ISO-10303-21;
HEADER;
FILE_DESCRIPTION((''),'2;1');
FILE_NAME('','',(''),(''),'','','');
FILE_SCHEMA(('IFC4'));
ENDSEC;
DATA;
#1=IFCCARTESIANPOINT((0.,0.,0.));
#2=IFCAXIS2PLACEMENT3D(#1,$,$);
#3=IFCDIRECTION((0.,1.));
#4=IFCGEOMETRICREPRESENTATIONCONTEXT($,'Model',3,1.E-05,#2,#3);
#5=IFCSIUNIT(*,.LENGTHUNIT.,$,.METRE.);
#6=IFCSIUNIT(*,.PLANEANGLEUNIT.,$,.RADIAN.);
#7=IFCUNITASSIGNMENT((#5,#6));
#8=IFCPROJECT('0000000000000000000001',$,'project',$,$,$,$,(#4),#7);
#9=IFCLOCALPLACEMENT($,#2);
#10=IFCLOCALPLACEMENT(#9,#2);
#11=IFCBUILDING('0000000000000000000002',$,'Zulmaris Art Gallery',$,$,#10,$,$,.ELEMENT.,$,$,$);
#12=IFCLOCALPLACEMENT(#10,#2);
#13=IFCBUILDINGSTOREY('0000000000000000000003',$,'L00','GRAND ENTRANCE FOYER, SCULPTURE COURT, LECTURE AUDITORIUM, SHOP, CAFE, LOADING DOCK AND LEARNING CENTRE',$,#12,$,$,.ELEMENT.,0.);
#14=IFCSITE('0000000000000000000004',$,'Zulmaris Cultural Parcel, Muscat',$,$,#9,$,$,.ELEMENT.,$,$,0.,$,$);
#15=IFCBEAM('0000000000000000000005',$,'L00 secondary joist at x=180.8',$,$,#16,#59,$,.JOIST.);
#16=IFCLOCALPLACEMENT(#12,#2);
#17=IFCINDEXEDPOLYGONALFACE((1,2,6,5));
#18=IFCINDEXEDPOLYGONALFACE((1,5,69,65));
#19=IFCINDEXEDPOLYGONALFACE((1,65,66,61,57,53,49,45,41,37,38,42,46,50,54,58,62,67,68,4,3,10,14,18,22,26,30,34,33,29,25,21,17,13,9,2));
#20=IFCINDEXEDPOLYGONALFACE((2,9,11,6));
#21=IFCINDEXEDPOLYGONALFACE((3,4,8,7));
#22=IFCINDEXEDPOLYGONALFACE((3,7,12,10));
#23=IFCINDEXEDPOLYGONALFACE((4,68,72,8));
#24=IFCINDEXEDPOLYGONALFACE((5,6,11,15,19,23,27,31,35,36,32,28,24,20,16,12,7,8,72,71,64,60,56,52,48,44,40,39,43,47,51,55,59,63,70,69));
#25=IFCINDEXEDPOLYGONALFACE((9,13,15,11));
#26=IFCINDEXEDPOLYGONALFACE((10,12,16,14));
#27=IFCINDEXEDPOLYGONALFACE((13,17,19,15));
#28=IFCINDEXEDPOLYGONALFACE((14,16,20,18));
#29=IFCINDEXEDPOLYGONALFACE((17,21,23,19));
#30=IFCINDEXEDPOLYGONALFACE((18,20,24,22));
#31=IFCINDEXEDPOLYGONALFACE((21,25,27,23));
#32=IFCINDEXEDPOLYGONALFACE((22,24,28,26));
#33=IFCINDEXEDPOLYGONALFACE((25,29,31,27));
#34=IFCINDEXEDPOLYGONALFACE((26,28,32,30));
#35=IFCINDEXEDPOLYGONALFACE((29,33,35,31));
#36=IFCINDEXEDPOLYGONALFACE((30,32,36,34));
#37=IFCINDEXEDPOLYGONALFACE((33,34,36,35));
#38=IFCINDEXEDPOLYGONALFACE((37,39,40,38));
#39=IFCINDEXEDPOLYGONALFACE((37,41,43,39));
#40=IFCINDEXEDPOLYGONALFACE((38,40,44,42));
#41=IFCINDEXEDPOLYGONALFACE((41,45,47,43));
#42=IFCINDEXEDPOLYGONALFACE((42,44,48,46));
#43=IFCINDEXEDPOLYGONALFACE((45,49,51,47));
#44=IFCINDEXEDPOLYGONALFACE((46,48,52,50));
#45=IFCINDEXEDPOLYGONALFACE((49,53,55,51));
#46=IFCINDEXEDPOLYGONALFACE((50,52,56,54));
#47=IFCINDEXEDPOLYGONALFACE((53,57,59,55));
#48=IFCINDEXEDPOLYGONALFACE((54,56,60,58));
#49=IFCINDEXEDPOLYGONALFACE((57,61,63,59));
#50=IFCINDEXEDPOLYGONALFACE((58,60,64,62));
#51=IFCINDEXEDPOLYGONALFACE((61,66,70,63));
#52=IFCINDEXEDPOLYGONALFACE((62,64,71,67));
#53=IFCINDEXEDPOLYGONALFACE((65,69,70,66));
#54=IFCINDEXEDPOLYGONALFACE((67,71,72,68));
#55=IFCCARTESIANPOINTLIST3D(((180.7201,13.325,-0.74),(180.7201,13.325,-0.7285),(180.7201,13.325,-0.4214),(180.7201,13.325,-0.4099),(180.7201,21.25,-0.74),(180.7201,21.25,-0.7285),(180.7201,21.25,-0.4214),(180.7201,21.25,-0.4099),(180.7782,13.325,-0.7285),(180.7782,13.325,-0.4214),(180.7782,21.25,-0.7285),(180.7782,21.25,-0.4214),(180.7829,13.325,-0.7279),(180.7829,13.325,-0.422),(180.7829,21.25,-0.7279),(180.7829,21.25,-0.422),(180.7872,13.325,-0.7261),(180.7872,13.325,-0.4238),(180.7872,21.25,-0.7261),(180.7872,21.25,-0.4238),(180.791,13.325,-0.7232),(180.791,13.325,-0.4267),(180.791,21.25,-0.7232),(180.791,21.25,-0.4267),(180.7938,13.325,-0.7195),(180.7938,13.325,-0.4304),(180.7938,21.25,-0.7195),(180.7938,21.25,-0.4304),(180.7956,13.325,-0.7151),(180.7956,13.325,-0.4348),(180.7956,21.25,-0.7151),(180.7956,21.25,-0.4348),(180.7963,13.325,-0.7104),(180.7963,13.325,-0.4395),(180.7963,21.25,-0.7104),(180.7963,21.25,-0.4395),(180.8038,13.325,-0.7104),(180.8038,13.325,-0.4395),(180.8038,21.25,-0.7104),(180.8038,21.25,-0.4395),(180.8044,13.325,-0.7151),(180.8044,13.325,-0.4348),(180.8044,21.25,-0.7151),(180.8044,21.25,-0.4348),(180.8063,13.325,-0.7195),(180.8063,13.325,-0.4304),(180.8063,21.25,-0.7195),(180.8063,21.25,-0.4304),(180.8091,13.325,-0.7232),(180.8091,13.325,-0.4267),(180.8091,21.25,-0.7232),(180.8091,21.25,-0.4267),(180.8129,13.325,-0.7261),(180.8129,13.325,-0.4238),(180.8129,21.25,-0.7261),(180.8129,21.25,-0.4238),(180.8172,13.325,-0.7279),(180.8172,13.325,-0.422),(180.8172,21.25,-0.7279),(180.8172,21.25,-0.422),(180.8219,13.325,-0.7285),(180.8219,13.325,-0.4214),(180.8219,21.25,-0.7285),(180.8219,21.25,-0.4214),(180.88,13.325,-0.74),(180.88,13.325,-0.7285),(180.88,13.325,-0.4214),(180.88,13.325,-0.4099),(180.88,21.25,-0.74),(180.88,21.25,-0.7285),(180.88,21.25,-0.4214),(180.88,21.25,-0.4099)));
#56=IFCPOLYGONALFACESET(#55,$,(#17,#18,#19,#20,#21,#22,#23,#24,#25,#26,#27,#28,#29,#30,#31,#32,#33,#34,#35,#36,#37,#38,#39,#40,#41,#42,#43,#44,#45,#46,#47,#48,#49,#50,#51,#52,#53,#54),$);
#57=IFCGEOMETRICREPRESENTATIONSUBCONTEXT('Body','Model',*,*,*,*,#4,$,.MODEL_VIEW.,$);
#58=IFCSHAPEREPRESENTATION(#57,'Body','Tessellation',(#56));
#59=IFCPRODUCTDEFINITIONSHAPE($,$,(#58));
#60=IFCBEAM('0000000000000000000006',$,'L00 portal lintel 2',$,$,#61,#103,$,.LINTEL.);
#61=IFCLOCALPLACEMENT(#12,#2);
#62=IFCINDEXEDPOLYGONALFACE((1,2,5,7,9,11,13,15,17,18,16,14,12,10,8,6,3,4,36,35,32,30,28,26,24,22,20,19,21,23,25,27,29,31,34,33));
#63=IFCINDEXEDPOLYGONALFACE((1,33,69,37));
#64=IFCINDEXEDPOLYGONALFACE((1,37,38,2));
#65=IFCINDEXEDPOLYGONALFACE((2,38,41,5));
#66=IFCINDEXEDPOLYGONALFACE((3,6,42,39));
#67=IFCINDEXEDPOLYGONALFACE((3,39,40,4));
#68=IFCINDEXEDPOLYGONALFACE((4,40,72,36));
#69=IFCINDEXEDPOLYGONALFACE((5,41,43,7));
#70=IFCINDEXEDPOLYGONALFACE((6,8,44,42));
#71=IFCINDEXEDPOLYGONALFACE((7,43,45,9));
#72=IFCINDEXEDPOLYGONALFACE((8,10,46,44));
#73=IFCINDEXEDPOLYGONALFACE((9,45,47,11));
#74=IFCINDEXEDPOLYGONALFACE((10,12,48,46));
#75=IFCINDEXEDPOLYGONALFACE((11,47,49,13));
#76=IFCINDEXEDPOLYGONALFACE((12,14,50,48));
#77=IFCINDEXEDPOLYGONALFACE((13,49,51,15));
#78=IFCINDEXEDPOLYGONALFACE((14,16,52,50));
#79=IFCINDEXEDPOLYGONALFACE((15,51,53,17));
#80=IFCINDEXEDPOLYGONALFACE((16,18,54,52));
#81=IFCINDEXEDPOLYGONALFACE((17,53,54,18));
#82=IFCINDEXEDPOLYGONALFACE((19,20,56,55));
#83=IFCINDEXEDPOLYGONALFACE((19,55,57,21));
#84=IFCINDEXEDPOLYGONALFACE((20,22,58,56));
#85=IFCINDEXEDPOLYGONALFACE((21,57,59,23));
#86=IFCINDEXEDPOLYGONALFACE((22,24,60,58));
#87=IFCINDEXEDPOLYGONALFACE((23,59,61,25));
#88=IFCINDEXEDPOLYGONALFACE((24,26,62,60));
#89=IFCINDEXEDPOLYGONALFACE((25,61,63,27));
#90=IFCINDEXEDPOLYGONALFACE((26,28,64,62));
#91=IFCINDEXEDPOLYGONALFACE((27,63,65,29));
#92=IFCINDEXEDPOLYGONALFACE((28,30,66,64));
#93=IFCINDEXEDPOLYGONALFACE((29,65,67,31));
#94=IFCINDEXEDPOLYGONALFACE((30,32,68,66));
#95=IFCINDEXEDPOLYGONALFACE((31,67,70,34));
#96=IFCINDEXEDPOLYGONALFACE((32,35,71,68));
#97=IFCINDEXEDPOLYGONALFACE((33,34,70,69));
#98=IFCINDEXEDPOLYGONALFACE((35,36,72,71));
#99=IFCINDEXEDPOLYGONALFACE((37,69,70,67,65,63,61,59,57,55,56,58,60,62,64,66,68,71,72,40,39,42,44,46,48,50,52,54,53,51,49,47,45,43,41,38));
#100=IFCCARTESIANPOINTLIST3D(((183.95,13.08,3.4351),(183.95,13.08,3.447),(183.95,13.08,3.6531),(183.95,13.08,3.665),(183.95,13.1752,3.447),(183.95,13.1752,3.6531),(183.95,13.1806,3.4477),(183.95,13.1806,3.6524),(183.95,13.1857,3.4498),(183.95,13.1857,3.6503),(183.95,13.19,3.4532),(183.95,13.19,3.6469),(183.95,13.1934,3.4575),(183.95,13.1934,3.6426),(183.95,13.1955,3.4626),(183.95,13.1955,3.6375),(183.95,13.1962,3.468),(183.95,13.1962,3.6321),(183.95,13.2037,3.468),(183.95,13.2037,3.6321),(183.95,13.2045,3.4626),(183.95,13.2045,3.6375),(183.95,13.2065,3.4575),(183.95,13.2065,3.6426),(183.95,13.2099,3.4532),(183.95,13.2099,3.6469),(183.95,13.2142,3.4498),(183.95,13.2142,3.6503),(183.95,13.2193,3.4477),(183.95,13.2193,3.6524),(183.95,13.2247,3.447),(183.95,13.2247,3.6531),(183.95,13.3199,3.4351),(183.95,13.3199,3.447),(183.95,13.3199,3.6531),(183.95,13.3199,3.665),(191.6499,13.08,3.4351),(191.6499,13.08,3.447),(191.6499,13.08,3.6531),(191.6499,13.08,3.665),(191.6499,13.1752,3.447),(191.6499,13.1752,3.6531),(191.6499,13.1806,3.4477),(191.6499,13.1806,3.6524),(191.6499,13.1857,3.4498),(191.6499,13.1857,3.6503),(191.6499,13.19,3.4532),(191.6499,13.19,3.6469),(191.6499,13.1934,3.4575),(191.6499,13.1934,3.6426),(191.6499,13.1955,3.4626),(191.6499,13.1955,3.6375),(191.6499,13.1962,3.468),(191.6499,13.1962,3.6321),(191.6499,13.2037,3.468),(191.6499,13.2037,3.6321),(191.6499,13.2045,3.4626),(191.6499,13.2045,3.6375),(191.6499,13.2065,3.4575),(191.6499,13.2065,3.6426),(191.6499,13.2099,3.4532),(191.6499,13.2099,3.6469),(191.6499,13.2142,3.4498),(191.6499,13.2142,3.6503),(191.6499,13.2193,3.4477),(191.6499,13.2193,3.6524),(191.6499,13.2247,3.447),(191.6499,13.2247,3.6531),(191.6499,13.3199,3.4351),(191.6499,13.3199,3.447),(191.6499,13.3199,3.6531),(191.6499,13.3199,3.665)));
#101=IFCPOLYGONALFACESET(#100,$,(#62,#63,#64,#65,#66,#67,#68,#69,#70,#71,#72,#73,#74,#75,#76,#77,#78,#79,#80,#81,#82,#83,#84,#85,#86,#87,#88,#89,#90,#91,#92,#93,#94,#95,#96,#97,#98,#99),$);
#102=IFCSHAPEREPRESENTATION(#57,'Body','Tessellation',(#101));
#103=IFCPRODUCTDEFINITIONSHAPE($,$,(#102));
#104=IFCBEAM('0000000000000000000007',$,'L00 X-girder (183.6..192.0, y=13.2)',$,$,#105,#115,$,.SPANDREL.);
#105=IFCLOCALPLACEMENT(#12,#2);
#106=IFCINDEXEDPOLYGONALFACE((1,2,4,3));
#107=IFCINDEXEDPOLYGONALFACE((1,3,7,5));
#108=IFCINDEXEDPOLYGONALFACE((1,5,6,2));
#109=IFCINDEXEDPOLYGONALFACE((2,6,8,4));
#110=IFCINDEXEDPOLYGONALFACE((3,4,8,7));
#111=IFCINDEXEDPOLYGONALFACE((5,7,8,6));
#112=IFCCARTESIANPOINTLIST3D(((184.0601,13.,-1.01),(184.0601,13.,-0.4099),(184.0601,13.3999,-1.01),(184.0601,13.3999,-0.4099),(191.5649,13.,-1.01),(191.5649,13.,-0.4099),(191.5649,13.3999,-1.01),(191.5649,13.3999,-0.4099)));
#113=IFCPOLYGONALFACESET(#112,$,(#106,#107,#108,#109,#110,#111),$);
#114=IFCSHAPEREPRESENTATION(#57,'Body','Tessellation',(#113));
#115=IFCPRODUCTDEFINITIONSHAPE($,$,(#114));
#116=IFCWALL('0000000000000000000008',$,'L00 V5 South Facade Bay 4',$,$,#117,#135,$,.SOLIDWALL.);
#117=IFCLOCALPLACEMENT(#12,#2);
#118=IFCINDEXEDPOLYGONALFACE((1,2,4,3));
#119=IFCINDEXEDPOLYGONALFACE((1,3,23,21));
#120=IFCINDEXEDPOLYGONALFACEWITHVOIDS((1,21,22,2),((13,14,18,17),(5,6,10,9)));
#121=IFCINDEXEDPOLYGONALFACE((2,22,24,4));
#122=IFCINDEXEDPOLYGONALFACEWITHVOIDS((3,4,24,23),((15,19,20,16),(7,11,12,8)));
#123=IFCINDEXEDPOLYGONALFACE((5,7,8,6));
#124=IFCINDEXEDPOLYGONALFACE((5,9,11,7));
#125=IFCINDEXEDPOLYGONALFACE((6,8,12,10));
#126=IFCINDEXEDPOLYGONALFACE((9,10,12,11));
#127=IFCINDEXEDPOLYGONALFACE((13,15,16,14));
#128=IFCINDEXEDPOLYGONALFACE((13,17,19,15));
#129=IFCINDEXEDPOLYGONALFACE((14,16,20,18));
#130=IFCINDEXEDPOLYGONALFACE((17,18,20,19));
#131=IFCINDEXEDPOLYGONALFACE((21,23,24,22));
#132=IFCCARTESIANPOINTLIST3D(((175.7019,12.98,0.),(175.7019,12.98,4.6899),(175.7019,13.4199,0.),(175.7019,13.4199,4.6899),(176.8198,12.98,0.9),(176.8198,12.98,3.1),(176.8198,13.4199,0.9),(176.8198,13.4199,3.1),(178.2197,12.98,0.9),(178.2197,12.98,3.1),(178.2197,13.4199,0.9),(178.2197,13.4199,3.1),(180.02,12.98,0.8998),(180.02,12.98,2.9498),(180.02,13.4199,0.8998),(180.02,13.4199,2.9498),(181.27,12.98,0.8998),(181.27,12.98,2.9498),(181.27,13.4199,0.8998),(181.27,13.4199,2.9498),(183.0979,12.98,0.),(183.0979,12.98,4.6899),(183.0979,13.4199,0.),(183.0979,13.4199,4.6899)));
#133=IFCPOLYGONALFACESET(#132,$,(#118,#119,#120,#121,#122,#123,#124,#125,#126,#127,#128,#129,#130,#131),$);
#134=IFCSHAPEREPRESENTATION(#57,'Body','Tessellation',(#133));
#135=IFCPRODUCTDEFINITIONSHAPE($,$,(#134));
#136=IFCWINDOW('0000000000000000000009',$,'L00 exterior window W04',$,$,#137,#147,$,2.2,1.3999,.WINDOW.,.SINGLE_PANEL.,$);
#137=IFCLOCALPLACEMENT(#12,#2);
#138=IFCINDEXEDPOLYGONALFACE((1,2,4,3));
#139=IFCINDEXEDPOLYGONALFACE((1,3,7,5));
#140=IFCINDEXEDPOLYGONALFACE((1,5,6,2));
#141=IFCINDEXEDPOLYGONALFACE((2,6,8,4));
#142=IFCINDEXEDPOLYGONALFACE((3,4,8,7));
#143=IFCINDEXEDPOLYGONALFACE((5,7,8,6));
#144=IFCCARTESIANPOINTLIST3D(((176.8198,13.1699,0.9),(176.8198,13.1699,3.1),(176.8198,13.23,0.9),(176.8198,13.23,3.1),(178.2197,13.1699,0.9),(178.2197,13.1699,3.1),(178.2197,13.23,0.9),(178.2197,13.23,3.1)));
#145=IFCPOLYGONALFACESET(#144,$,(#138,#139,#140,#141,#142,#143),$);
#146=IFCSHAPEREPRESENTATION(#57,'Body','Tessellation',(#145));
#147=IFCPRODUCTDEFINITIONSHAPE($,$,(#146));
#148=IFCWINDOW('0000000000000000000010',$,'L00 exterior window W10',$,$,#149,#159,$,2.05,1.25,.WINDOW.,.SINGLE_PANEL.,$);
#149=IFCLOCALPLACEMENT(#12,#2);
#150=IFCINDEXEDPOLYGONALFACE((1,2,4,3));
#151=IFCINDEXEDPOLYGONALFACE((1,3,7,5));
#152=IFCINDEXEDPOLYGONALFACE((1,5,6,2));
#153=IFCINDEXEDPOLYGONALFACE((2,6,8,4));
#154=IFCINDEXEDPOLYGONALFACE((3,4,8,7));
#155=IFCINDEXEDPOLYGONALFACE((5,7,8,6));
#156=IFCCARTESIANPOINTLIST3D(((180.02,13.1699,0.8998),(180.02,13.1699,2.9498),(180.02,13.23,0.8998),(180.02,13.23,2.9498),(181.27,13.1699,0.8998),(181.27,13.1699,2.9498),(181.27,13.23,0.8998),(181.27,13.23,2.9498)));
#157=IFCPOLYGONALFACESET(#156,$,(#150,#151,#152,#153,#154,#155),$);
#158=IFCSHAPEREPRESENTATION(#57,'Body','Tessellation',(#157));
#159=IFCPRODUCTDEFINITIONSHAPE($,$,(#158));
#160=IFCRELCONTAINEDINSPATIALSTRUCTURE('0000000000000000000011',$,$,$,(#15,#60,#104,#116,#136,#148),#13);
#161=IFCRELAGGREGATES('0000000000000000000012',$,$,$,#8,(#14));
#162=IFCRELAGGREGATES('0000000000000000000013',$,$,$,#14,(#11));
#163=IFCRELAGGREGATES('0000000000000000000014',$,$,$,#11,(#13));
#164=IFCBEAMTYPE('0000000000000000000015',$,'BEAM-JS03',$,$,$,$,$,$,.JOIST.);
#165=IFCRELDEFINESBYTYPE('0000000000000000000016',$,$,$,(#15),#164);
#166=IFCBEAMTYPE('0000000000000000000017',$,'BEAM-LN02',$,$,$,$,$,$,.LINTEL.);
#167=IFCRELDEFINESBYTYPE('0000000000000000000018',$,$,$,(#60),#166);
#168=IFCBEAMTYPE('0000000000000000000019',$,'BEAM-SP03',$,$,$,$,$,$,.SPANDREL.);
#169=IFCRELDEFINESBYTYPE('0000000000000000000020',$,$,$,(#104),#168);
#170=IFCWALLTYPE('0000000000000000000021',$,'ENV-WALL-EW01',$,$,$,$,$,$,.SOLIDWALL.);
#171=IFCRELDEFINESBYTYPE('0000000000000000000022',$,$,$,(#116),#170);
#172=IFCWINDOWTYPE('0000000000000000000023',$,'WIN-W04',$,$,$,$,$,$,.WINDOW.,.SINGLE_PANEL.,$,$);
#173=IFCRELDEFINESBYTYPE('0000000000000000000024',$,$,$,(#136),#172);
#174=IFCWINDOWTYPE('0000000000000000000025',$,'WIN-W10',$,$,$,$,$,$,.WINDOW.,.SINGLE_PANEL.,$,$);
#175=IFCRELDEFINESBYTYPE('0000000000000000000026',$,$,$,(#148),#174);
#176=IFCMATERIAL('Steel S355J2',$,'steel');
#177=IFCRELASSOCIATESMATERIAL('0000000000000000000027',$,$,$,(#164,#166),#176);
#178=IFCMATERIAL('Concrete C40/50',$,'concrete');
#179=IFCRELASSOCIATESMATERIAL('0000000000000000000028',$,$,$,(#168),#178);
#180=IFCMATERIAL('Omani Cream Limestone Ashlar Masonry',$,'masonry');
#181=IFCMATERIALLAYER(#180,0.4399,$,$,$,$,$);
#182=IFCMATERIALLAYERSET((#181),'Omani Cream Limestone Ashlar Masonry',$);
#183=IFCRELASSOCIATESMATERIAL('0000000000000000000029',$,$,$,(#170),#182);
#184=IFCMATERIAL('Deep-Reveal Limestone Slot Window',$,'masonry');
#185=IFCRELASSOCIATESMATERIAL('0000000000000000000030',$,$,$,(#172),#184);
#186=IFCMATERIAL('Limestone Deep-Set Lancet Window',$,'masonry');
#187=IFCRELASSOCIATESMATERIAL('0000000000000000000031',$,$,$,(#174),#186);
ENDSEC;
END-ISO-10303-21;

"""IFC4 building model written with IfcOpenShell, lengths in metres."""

from ifc_helpers import new_model, si_unit, direction, frame, frame_2d, origin, origin_2d, place, context, subcontext, project, spatial, rectangle, i_section, extrude, material, layer, layer_set, material_profile, profile_set, type_object, element, fill, save


model = new_model("IFC4")

# Units and contexts
model_context = context("Model", 3, precision=1e-05, world=origin(), true_north=direction((0.0, 1.0)))
body_context = subcontext(model_context, "Body", "Model", "MODEL_VIEW")
ifc_project = project(units=[si_unit("LENGTHUNIT", "METRE"), si_unit("PLANEANGLEUNIT", "RADIAN")], contexts=[model_context])

# Site, building, storey
site_placement = place(None, origin())
site = spatial("IfcSite", under=ifc_project, at=site_placement, Name="Zulmaris Cultural Parcel, Muscat", CompositionType="ELEMENT", RefElevation=0.0)
building_placement = place(site_placement, origin())
building = spatial("IfcBuilding", under=site, at=building_placement, Name="Zulmaris Art Gallery", CompositionType="ELEMENT")
storey_placement = place(building_placement, origin())
storey = spatial("IfcBuildingStorey", under=building, at=storey_placement, Name="L00", Description="GRAND ENTRANCE FOYER, SCULPTURE COURT, LECTURE AUDITORIUM, SHOP, CAFE, LOADING DOCK AND LEARNING CENTRE", CompositionType="ELEMENT", Elevation=0.0)

# Beams
ifc_material_1 = material(Name="Concrete C40/50", Category="concrete")
ifc_material_2 = material(Name="Steel S355J2", Category="steel")
ifc_material_profile_1 = material_profile(ifc_material_2, i_section(OverallWidth=0.1599, OverallDepth=0.3301, WebThickness=0.0076, FlangeThickness=0.0115, FilletRadius=0.0181, at=origin_2d()), Name="IPE 330")
ifc_profile_set_1 = profile_set([ifc_material_profile_1], Name="Steel S355J2")
beam_type_1 = type_object("IfcBeamType", Name="BEAM-JS03", PredefinedType="JOIST", material=ifc_profile_set_1)
beam_1_placement = place(storey_placement, frame((180.8, 13.325, -0.575), z_axis=(0.0, 1.0, 0.0), x_axis=(-1.0, 0.0, 0.0)))
element("IfcBeam", 1, at=beam_1_placement, inside=storey, type_object=beam_type_1, Name="L00 secondary joist at x=180.8", PredefinedType="JOIST", context=body_context, shape_type="SweptSolid", body=[
    extrude(i_section(OverallWidth=0.1599, OverallDepth=0.3301, WebThickness=0.0076, FlangeThickness=0.0115, FilletRadius=0.0181, at=origin_2d()), origin(), (0.0, 0.0, 1.0), 7.925),
])
ifc_material_profile_2 = material_profile(ifc_material_2, i_section(OverallWidth=0.24, OverallDepth=0.23, WebThickness=0.0076, FlangeThickness=0.012, FilletRadius=0.021, at=origin_2d()), Name="HEA 240")
ifc_profile_set_2 = profile_set([ifc_material_profile_2], Name="Steel S355J2")
beam_type_2 = type_object("IfcBeamType", Name="BEAM-LN02", PredefinedType="LINTEL", material=ifc_profile_set_2)
beam_2_placement = place(storey_placement, frame((183.95, 13.2, 3.55), z_axis=(1.0, 0.0, 0.0), x_axis=(0.0, 1.0, 0.0)))
element("IfcBeam", 2, at=beam_2_placement, inside=storey, type_object=beam_type_2, Name="L00 portal lintel 2", PredefinedType="LINTEL", context=body_context, shape_type="SweptSolid", body=[
    extrude(i_section(OverallWidth=0.24, OverallDepth=0.23, WebThickness=0.0076, FlangeThickness=0.012, FilletRadius=0.021, at=origin_2d()), origin(), (0.0, 0.0, 1.0), 7.7),
])
ifc_material_profile_3 = material_profile(ifc_material_1, rectangle(XDim=0.3999, YDim=0.6001, at=origin_2d()), Name="RC 400x600")
ifc_profile_set_3 = profile_set([ifc_material_profile_3], Name="Concrete C40/50")
beam_type_3 = type_object("IfcBeamType", Name="BEAM-SP03", PredefinedType="SPANDREL", material=ifc_profile_set_3)
beam_3_placement = place(storey_placement, frame((184.0601, 13.2, -0.71), z_axis=(1.0, 0.0, 0.0), x_axis=(0.0, 1.0, 0.0)))
element("IfcBeam", 3, at=beam_3_placement, inside=storey, type_object=beam_type_3, Name="L00 X-girder (183.6..192.0, y=13.2)", PredefinedType="SPANDREL", context=body_context, shape_type="SweptSolid", body=[
    extrude(rectangle(XDim=0.3999, YDim=0.6001, at=origin_2d()), origin(), (0.0, 0.0, 1.0), 7.5049),
])

# Wall, openings, windows
ifc_material_3 = material(Name="Omani Cream Limestone Ashlar Masonry", Category="masonry")
ifc_layer_1 = layer(ifc_material_3, 0.4399)
ifc_layer_set_1 = layer_set([ifc_layer_1], Name="Omani Cream Limestone Ashlar Masonry")
wall_type_1 = type_object("IfcWallType", Name="ENV-WALL-EW01", PredefinedType="SOLIDWALL", material=ifc_layer_set_1)
wall_1_placement = place(storey_placement, frame((175.7019, 13.2, 0.0), z_axis=(0.0, 0.0, 1.0), x_axis=(1.0, 0.0, 0.0)))
wall_1 = element("IfcWall", 4, at=wall_1_placement, inside=storey, type_object=wall_type_1, Name="L00 V5 South Facade Bay 4", PredefinedType="SOLIDWALL", context=body_context, shape_type="SweptSolid", body=[
    extrude(rectangle(XDim=7.396, YDim=0.4399, at=frame_2d((3.698, 0.0))), origin(), (0.0, 0.0, 1.0), 4.6899),
])
opening_1_placement = place(wall_1_placement, frame((1.1179, 0.0, 0.8999)))
opening_1 = element("IfcOpeningElement", 5, at=opening_1_placement, cuts=wall_1, PredefinedType="OPENING", context=body_context, shape_type="SweptSolid", body=[
    extrude(rectangle(XDim=1.3999, YDim=2.2, at=frame_2d((0.7, 1.1001))), frame((0.0, 0.23, 0.0), z_axis=(0.0, -1.0, 0.0), x_axis=(1.0, 0.0, 0.0)), (0.0, 0.0, 1.0), 0.46),
])
opening_2_placement = place(wall_1_placement, frame((4.3181, 0.0, 0.8999)))
opening_2 = element("IfcOpeningElement", 6, at=opening_2_placement, cuts=wall_1, PredefinedType="OPENING", context=body_context, shape_type="SweptSolid", body=[
    extrude(rectangle(XDim=1.25, YDim=2.05, at=frame_2d((0.625, 1.0249))), frame((0.0, 0.23, 0.0), z_axis=(0.0, -1.0, 0.0), x_axis=(1.0, 0.0, 0.0)), (0.0, 0.0, 1.0), 0.46),
])
ifc_material_4 = material(Name="Deep-Reveal Limestone Slot Window", Category="masonry")
window_type_1 = type_object("IfcWindowType", Name="WIN-W04", PartitioningType="SINGLE_PANEL", PredefinedType="WINDOW", material=ifc_material_4)
window_1_placement = place(opening_1_placement, origin())
window_1 = element("IfcWindow", 7, at=window_1_placement, inside=storey, type_object=window_type_1, Name="L00 exterior window W04", OverallHeight=2.2, OverallWidth=1.3999, PartitioningType="SINGLE_PANEL", PredefinedType="WINDOW", context=body_context, shape_type="SweptSolid", body=[
    extrude(rectangle(XDim=1.3999, YDim=2.2, at=frame_2d((0.7, 1.1001))), frame((0.0, 0.03, 0.0), z_axis=(0.0, -1.0, 0.0), x_axis=(1.0, 0.0, 0.0)), (0.0, 0.0, 1.0), 0.0601),
])
fill(opening_1, window_1)
ifc_material_5 = material(Name="Limestone Deep-Set Lancet Window", Category="masonry")
window_type_2 = type_object("IfcWindowType", Name="WIN-W10", PartitioningType="SINGLE_PANEL", PredefinedType="WINDOW", material=ifc_material_5)
window_2_placement = place(opening_2_placement, origin())
window_2 = element("IfcWindow", 8, at=window_2_placement, inside=storey, type_object=window_type_2, Name="L00 exterior window W10", OverallHeight=2.05, OverallWidth=1.25, PartitioningType="SINGLE_PANEL", PredefinedType="WINDOW", context=body_context, shape_type="SweptSolid", body=[
    extrude(rectangle(XDim=1.25, YDim=2.05, at=frame_2d((0.625, 1.0249))), frame((0.0, 0.03, 0.0), z_axis=(0.0, -1.0, 0.0), x_axis=(1.0, 0.0, 0.0)), (0.0, 0.0, 1.0), 0.0601),
])
fill(opening_2, window_2)

save(model, "model.ifc")
